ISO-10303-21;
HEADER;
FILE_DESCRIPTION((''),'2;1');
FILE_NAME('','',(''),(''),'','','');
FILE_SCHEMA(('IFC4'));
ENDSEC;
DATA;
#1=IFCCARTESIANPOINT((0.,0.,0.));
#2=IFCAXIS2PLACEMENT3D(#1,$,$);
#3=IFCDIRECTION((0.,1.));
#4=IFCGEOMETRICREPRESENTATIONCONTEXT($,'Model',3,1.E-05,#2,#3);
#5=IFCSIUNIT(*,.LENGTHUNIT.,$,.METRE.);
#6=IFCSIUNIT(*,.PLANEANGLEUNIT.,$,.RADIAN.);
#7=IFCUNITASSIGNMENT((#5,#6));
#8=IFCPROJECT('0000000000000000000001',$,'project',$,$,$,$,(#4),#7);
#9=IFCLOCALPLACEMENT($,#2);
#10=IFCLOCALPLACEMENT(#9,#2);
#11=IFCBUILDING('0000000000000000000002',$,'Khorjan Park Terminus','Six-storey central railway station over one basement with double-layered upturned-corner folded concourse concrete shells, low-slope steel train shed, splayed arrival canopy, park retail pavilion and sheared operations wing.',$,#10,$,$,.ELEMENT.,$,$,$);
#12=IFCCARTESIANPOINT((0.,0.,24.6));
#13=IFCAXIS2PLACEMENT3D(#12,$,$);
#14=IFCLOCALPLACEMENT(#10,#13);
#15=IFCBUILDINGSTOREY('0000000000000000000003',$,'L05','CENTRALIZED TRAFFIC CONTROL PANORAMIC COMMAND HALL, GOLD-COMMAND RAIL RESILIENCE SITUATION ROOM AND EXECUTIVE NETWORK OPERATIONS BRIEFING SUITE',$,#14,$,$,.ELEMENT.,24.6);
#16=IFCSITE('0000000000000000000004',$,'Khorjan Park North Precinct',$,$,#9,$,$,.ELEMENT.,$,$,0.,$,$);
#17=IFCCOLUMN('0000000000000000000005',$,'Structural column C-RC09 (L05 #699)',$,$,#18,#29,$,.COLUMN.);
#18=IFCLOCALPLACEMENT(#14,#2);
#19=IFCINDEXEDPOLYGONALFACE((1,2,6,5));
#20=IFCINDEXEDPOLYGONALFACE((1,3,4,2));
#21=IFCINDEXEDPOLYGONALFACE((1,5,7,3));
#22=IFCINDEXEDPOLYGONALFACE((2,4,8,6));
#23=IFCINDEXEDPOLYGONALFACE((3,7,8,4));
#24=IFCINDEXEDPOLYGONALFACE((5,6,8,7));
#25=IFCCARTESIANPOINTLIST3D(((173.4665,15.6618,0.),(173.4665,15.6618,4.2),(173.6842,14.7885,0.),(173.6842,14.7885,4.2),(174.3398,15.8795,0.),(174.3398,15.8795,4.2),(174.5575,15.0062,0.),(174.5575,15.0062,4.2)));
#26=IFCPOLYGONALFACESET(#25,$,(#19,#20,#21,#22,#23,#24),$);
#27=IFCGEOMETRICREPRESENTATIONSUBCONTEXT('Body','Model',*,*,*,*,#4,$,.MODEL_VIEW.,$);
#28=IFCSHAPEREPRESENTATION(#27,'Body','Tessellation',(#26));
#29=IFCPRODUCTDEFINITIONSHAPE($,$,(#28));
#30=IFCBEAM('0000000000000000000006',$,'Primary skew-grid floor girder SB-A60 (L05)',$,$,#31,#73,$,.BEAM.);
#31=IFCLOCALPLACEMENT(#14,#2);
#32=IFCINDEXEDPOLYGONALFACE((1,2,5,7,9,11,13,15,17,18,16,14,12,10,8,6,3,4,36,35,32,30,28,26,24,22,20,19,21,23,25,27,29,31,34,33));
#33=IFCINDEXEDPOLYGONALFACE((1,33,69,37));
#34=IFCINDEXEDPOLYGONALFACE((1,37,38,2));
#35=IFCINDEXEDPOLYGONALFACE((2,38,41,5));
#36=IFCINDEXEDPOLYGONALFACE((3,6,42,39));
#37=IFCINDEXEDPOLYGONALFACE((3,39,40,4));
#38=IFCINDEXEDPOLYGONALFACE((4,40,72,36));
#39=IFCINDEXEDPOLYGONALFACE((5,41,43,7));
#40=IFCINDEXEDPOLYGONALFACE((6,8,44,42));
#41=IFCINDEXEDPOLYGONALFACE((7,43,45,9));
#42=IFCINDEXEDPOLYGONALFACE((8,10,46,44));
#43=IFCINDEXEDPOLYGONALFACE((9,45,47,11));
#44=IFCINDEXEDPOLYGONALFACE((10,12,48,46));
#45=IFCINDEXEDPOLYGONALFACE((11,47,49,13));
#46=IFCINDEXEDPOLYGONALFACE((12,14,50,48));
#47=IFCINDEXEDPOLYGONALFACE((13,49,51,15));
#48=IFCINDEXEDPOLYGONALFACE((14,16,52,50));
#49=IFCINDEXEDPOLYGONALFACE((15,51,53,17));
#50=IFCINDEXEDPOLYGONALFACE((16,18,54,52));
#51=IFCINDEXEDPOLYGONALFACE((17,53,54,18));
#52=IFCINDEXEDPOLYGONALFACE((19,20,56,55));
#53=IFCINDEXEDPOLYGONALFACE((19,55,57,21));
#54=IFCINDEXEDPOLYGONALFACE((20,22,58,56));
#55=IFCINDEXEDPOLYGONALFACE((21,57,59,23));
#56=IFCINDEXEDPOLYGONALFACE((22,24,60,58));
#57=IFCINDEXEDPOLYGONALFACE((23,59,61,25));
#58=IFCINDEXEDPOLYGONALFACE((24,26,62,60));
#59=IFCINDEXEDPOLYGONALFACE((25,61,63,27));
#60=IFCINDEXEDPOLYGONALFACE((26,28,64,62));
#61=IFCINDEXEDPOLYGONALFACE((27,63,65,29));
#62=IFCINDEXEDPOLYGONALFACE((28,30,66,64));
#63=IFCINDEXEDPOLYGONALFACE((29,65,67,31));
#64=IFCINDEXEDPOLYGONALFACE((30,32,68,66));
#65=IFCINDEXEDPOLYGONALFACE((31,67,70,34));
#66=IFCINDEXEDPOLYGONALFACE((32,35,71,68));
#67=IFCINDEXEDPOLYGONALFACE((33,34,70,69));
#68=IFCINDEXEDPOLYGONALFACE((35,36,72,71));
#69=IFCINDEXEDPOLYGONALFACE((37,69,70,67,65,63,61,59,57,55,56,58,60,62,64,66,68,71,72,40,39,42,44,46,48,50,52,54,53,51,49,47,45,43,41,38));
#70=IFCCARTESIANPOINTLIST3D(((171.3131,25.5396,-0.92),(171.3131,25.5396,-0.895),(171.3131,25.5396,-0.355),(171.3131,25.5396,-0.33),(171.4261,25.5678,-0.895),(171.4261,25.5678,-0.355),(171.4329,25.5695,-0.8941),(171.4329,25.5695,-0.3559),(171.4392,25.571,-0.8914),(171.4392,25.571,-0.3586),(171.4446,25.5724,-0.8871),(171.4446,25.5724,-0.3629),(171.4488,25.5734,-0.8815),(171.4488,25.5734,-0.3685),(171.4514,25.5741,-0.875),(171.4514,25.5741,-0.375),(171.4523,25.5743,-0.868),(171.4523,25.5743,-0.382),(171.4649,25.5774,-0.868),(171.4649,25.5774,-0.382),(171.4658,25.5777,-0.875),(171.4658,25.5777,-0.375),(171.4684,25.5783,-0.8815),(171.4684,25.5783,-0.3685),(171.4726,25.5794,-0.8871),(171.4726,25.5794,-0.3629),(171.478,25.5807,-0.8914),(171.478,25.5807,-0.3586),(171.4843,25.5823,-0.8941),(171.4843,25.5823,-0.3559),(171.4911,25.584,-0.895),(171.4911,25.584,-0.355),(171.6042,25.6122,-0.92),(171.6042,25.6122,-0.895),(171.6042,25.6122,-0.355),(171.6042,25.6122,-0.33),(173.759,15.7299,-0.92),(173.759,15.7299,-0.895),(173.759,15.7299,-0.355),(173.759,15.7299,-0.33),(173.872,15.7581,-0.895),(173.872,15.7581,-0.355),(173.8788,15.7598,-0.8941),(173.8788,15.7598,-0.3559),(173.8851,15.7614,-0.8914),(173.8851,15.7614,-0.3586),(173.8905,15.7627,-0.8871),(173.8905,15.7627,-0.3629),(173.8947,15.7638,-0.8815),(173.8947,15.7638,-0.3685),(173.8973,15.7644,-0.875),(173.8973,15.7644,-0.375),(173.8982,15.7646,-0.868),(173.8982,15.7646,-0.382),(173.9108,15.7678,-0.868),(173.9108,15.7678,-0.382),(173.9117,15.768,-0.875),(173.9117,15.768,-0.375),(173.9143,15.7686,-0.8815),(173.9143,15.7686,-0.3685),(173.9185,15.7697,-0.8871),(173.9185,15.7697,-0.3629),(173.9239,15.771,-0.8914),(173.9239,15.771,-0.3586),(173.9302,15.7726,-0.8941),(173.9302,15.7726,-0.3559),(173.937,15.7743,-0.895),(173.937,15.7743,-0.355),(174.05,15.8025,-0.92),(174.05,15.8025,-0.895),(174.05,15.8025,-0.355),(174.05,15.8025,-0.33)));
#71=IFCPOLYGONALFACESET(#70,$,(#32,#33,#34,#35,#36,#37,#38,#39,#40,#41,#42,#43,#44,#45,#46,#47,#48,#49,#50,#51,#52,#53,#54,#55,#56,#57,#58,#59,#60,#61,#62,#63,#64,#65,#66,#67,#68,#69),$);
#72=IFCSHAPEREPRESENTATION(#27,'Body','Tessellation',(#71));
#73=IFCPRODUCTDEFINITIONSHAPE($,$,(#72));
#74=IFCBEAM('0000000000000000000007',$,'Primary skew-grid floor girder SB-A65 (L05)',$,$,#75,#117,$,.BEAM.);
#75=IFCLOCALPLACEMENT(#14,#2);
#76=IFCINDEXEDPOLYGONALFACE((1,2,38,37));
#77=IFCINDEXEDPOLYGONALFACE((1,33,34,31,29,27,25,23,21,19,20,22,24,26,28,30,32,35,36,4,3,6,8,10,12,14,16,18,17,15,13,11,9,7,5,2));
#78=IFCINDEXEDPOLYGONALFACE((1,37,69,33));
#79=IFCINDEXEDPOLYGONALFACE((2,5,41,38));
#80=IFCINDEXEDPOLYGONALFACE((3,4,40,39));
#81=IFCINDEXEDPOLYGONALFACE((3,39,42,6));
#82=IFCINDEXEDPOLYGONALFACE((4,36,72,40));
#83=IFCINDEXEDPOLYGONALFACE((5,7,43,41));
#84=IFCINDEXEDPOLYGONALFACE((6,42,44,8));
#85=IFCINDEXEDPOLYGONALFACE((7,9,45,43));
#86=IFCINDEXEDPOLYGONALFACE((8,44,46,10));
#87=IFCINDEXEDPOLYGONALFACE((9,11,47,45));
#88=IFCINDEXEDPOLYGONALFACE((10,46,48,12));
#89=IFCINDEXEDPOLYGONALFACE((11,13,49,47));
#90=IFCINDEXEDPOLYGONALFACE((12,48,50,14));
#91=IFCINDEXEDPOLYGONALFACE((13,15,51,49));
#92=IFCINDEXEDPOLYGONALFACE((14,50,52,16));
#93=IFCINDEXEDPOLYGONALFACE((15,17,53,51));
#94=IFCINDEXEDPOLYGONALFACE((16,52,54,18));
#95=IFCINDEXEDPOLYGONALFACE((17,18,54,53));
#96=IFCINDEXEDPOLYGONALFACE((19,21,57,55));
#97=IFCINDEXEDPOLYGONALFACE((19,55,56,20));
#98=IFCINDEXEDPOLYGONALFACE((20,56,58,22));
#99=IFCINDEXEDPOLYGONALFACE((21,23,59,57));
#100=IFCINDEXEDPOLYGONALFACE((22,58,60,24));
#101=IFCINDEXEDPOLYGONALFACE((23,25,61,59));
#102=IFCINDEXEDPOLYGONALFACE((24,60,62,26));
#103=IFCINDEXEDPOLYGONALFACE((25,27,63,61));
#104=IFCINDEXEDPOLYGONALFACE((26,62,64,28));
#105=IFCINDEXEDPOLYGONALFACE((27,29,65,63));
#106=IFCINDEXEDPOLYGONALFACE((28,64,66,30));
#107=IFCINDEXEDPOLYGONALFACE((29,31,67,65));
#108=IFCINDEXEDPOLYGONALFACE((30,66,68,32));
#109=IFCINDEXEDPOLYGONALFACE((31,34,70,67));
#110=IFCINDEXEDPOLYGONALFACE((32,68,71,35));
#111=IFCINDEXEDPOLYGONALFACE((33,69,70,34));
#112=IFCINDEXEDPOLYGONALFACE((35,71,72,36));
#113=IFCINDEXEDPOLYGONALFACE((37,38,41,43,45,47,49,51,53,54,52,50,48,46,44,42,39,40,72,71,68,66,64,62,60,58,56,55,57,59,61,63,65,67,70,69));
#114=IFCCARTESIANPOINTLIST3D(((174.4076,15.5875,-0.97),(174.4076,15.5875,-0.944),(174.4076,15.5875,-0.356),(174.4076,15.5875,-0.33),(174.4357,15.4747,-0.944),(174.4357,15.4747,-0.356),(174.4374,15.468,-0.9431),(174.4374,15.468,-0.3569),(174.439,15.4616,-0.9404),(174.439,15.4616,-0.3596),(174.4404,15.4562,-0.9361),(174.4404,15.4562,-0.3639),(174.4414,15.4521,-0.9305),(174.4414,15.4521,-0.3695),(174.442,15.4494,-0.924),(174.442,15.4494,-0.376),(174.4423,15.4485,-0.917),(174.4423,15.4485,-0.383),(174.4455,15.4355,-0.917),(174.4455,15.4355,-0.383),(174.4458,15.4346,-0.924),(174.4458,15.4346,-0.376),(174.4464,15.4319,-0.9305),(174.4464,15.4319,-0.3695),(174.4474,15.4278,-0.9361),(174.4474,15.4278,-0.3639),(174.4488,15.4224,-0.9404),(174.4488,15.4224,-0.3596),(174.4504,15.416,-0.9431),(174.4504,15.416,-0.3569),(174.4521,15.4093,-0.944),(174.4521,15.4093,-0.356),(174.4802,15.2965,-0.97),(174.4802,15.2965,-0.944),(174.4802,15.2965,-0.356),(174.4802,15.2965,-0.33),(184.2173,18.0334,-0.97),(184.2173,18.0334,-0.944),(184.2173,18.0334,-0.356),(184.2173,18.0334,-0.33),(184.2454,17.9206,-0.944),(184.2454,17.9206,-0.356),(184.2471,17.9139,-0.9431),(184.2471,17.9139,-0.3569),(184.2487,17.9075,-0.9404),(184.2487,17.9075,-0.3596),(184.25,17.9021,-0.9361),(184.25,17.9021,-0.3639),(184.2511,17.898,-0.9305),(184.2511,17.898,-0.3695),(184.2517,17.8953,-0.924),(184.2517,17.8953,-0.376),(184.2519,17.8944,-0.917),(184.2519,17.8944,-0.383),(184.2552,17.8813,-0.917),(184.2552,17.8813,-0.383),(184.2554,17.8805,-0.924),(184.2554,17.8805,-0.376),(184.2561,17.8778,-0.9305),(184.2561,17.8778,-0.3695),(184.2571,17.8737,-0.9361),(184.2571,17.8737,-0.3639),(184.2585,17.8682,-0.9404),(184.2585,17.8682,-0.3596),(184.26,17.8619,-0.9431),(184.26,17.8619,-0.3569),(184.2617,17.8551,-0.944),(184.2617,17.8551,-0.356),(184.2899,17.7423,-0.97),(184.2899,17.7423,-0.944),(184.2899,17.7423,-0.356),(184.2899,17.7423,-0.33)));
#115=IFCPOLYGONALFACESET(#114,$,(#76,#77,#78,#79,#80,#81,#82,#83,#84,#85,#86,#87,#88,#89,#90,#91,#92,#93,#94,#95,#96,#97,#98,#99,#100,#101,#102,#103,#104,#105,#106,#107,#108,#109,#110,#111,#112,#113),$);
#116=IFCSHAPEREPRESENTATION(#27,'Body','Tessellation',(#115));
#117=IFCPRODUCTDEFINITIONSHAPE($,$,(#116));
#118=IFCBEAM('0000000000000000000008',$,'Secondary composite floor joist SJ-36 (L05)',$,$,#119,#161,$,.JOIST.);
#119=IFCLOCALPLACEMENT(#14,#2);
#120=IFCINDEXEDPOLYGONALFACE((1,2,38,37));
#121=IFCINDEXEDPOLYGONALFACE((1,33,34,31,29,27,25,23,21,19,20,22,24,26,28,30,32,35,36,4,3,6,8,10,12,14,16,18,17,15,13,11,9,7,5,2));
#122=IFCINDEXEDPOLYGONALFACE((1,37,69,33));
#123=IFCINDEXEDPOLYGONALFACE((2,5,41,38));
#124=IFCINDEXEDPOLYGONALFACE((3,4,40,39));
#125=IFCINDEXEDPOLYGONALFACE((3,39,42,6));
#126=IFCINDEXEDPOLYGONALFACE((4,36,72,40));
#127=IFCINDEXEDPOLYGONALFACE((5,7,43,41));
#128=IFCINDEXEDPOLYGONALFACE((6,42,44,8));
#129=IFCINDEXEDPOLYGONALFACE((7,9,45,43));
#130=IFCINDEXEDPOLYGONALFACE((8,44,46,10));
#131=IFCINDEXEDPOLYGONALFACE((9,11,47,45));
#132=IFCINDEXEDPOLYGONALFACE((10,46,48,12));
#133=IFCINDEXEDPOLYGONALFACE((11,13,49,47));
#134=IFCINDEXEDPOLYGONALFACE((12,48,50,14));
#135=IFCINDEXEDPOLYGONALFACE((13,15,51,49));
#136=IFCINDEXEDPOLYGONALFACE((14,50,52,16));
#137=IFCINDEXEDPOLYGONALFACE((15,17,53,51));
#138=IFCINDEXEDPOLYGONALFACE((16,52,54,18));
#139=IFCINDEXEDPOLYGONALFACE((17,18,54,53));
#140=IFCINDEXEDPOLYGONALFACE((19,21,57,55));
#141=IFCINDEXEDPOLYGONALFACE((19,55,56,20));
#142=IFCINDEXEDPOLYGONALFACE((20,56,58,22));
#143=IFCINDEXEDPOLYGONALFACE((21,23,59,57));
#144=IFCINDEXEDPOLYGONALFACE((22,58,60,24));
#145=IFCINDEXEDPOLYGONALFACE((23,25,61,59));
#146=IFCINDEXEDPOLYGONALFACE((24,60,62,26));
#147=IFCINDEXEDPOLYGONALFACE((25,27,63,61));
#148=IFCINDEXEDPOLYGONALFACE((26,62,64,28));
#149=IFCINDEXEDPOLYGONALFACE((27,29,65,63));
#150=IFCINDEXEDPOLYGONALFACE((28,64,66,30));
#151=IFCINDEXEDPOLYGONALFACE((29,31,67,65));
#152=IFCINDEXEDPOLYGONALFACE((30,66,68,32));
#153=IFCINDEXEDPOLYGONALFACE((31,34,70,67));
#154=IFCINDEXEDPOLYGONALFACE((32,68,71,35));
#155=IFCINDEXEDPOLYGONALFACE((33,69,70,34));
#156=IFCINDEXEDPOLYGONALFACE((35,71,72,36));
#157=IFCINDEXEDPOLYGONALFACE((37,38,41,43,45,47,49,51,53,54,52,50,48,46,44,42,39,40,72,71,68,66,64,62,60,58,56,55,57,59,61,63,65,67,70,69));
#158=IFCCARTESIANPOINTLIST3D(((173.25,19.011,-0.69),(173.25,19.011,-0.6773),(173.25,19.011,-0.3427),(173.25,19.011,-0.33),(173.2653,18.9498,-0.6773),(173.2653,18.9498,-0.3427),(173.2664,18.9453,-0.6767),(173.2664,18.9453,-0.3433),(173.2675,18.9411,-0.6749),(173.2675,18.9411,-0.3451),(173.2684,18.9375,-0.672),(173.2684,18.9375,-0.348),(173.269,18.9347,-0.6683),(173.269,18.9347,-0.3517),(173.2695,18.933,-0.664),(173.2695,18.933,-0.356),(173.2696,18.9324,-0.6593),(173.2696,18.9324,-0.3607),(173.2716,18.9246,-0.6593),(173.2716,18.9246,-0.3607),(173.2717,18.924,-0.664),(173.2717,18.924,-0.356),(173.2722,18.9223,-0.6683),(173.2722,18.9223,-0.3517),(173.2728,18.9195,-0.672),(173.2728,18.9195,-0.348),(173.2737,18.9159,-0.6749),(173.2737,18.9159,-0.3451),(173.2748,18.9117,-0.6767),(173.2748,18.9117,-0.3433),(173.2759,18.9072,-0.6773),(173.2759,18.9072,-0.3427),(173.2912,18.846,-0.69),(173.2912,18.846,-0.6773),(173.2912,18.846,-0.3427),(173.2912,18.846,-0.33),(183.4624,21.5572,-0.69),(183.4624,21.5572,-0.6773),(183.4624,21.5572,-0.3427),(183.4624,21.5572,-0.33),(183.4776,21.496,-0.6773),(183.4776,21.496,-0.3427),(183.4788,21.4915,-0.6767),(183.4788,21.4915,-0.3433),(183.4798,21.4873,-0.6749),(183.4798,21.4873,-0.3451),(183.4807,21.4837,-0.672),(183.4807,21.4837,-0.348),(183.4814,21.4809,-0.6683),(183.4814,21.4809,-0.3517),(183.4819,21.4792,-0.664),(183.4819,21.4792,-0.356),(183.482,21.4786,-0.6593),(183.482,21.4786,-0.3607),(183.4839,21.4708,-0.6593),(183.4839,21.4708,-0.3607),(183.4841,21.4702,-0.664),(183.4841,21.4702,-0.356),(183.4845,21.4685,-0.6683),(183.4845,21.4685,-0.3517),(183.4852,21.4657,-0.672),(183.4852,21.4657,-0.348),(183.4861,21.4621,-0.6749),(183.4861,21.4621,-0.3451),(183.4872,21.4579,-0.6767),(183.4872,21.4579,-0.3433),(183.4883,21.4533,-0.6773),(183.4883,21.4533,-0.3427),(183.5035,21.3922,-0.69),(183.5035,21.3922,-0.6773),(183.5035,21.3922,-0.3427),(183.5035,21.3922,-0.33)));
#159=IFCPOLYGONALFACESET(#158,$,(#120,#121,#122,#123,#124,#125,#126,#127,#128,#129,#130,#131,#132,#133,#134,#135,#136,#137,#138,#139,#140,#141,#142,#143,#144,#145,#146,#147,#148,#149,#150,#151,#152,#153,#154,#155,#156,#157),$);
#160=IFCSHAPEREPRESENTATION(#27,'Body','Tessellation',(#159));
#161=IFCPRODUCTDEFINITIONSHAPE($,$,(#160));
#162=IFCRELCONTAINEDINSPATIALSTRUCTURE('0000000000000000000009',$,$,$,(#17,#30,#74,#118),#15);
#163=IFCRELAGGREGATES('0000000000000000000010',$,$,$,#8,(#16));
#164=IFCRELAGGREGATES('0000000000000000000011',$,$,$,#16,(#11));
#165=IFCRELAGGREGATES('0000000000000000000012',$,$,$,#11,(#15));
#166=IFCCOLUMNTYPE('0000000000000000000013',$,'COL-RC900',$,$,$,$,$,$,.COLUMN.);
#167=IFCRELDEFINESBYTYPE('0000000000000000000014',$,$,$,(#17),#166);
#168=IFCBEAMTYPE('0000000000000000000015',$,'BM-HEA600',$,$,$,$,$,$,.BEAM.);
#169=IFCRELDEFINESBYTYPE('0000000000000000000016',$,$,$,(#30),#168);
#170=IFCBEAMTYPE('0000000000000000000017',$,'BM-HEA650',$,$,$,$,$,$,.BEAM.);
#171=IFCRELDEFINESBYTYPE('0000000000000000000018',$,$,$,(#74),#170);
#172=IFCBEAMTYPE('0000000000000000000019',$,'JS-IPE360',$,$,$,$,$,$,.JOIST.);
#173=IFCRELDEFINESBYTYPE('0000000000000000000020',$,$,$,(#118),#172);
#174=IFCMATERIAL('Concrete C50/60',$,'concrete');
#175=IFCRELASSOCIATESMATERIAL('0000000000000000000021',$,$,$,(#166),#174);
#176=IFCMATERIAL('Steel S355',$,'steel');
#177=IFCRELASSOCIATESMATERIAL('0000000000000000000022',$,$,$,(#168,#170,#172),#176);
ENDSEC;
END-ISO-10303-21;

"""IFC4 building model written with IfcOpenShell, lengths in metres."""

from ifc_helpers import new_model, si_unit, direction, frame, origin, origin_2d, place, context, subcontext, project, spatial, rectangle, i_section, extrude, material, material_profile, profile_set, type_object, element, save


model = new_model("IFC4")

# Units and contexts
model_context = context("Model", 3, precision=1e-05, world=origin(), true_north=direction((0.0, 1.0)))
body_context = subcontext(model_context, "Body", "Model", "MODEL_VIEW")
ifc_project = project(units=[si_unit("LENGTHUNIT", "METRE"), si_unit("PLANEANGLEUNIT", "RADIAN")], contexts=[model_context])

# Site, building, storey
site_placement = place(None, origin())
site = spatial("IfcSite", under=ifc_project, at=site_placement, Name="Khorjan Park North Precinct", CompositionType="ELEMENT", RefElevation=0.0)
building_placement = place(site_placement, origin())
building = spatial("IfcBuilding", under=site, at=building_placement, Name="Khorjan Park Terminus", Description="Six-storey central railway station over one basement with double-layered upturned-corner folded concourse concrete shells, low-slope steel train shed, splayed arrival canopy, park retail pavilion and sheared operations wing.", CompositionType="ELEMENT")
storey_placement = place(building_placement, frame((0.0, 0.0, 24.6)))
storey = spatial("IfcBuildingStorey", under=building, at=storey_placement, Name="L05", Description="CENTRALIZED TRAFFIC CONTROL PANORAMIC COMMAND HALL, GOLD-COMMAND RAIL RESILIENCE SITUATION ROOM AND EXECUTIVE NETWORK OPERATIONS BRIEFING SUITE", CompositionType="ELEMENT", Elevation=24.6)

# Column
ifc_material_1 = material(Name="Concrete C50/60", Category="concrete")
ifc_material_profile_1 = material_profile(ifc_material_1, rectangle(XDim=0.9, YDim=0.9, at=origin_2d()), Name="RC 900x900")
ifc_profile_set_1 = profile_set([ifc_material_profile_1], Name="Concrete C50/60")
column_type = type_object("IfcColumnType", Name="COL-RC900", PredefinedType="COLUMN", material=ifc_profile_set_1)
column_placement = place(storey_placement, frame((174.012, 15.334, 0.0), z_axis=(0.0, 0.0, 1.0), x_axis=(0.970296, 0.241922, 0.0)))
element("IfcColumn", 1, at=column_placement, inside=storey, type_object=column_type, Name="Structural column C-RC09 (L05 #699)", PredefinedType="COLUMN", context=body_context, shape_type="SweptSolid", body=[
    extrude(rectangle(XDim=0.9, YDim=0.9, at=origin_2d()), origin(), (0.0, 0.0, 1.0), 4.2),
])

# Beams
ifc_material_2 = material(Name="Steel S355", Category="steel")
ifc_material_profile_2 = material_profile(ifc_material_2, i_section(OverallWidth=0.3, OverallDepth=0.59, WebThickness=0.013, FlangeThickness=0.025, FilletRadius=0.027, at=origin_2d()), Name="HEA 600")
ifc_profile_set_2 = profile_set([ifc_material_profile_2], Name="Steel S355")
beam_type_1 = type_object("IfcBeamType", Name="BM-HEA600", PredefinedType="BEAM", material=ifc_profile_set_2)
beam_1_placement = place(storey_placement, frame((173.9045, 15.7662, -0.625), z_axis=(-0.241928, 0.970294, 0.0), x_axis=(-0.970294, -0.241928, 0.0)))
element("IfcBeam", 2, at=beam_1_placement, inside=storey, type_object=beam_type_1, Name="Primary skew-grid floor girder SB-A60 (L05)", PredefinedType="BEAM", context=body_context, shape_type="SweptSolid", body=[
    extrude(i_section(OverallWidth=0.3, OverallDepth=0.59, WebThickness=0.013, FlangeThickness=0.025, FilletRadius=0.027, at=origin_2d()), origin(), (0.0, 0.0, 1.0), 10.11),
])
ifc_material_profile_3 = material_profile(ifc_material_2, i_section(OverallWidth=0.3, OverallDepth=0.64, WebThickness=0.0135, FlangeThickness=0.026, FilletRadius=0.027, at=origin_2d()), Name="HEA 650")
ifc_profile_set_3 = profile_set([ifc_material_profile_3], Name="Steel S355")
beam_type_2 = type_object("IfcBeamType", Name="BM-HEA650", PredefinedType="BEAM", material=ifc_profile_set_3)
beam_2_placement = place(storey_placement, frame((174.4439, 15.442, -0.65), z_axis=(0.970294, 0.241928, 0.0), x_axis=(-0.241928, 0.970294, 0.0)))
element("IfcBeam", 3, at=beam_2_placement, inside=storey, type_object=beam_type_2, Name="Primary skew-grid floor girder SB-A65 (L05)", PredefinedType="BEAM", context=body_context, shape_type="SweptSolid", body=[
    extrude(i_section(OverallWidth=0.3, OverallDepth=0.64, WebThickness=0.0135, FlangeThickness=0.026, FilletRadius=0.027, at=origin_2d()), origin(), (0.0, 0.0, 1.0), 10.11),
])
ifc_material_profile_4 = material_profile(ifc_material_2, i_section(OverallWidth=0.17, OverallDepth=0.36, WebThickness=0.008, FlangeThickness=0.0127, FilletRadius=0.018, at=origin_2d()), Name="IPE 360")
ifc_profile_set_4 = profile_set([ifc_material_profile_4], Name="Steel S355")
beam_type_3 = type_object("IfcBeamType", Name="JS-IPE360", PredefinedType="JOIST", material=ifc_profile_set_4)
beam_3_placement = place(storey_placement, frame((173.2706, 18.9285, -0.51), z_axis=(0.970297, 0.241919, 0.0), x_axis=(-0.241919, 0.970297, 0.0)))
element("IfcBeam", 4, at=beam_3_placement, inside=storey, type_object=beam_type_3, Name="Secondary composite floor joist SJ-36 (L05)", PredefinedType="JOIST", context=body_context, shape_type="SweptSolid", body=[
    extrude(i_section(OverallWidth=0.17, OverallDepth=0.36, WebThickness=0.008, FlangeThickness=0.0127, FilletRadius=0.018, at=origin_2d()), origin(), (0.0, 0.0, 1.0), 10.525),
])

save(model, "model.ifc")
